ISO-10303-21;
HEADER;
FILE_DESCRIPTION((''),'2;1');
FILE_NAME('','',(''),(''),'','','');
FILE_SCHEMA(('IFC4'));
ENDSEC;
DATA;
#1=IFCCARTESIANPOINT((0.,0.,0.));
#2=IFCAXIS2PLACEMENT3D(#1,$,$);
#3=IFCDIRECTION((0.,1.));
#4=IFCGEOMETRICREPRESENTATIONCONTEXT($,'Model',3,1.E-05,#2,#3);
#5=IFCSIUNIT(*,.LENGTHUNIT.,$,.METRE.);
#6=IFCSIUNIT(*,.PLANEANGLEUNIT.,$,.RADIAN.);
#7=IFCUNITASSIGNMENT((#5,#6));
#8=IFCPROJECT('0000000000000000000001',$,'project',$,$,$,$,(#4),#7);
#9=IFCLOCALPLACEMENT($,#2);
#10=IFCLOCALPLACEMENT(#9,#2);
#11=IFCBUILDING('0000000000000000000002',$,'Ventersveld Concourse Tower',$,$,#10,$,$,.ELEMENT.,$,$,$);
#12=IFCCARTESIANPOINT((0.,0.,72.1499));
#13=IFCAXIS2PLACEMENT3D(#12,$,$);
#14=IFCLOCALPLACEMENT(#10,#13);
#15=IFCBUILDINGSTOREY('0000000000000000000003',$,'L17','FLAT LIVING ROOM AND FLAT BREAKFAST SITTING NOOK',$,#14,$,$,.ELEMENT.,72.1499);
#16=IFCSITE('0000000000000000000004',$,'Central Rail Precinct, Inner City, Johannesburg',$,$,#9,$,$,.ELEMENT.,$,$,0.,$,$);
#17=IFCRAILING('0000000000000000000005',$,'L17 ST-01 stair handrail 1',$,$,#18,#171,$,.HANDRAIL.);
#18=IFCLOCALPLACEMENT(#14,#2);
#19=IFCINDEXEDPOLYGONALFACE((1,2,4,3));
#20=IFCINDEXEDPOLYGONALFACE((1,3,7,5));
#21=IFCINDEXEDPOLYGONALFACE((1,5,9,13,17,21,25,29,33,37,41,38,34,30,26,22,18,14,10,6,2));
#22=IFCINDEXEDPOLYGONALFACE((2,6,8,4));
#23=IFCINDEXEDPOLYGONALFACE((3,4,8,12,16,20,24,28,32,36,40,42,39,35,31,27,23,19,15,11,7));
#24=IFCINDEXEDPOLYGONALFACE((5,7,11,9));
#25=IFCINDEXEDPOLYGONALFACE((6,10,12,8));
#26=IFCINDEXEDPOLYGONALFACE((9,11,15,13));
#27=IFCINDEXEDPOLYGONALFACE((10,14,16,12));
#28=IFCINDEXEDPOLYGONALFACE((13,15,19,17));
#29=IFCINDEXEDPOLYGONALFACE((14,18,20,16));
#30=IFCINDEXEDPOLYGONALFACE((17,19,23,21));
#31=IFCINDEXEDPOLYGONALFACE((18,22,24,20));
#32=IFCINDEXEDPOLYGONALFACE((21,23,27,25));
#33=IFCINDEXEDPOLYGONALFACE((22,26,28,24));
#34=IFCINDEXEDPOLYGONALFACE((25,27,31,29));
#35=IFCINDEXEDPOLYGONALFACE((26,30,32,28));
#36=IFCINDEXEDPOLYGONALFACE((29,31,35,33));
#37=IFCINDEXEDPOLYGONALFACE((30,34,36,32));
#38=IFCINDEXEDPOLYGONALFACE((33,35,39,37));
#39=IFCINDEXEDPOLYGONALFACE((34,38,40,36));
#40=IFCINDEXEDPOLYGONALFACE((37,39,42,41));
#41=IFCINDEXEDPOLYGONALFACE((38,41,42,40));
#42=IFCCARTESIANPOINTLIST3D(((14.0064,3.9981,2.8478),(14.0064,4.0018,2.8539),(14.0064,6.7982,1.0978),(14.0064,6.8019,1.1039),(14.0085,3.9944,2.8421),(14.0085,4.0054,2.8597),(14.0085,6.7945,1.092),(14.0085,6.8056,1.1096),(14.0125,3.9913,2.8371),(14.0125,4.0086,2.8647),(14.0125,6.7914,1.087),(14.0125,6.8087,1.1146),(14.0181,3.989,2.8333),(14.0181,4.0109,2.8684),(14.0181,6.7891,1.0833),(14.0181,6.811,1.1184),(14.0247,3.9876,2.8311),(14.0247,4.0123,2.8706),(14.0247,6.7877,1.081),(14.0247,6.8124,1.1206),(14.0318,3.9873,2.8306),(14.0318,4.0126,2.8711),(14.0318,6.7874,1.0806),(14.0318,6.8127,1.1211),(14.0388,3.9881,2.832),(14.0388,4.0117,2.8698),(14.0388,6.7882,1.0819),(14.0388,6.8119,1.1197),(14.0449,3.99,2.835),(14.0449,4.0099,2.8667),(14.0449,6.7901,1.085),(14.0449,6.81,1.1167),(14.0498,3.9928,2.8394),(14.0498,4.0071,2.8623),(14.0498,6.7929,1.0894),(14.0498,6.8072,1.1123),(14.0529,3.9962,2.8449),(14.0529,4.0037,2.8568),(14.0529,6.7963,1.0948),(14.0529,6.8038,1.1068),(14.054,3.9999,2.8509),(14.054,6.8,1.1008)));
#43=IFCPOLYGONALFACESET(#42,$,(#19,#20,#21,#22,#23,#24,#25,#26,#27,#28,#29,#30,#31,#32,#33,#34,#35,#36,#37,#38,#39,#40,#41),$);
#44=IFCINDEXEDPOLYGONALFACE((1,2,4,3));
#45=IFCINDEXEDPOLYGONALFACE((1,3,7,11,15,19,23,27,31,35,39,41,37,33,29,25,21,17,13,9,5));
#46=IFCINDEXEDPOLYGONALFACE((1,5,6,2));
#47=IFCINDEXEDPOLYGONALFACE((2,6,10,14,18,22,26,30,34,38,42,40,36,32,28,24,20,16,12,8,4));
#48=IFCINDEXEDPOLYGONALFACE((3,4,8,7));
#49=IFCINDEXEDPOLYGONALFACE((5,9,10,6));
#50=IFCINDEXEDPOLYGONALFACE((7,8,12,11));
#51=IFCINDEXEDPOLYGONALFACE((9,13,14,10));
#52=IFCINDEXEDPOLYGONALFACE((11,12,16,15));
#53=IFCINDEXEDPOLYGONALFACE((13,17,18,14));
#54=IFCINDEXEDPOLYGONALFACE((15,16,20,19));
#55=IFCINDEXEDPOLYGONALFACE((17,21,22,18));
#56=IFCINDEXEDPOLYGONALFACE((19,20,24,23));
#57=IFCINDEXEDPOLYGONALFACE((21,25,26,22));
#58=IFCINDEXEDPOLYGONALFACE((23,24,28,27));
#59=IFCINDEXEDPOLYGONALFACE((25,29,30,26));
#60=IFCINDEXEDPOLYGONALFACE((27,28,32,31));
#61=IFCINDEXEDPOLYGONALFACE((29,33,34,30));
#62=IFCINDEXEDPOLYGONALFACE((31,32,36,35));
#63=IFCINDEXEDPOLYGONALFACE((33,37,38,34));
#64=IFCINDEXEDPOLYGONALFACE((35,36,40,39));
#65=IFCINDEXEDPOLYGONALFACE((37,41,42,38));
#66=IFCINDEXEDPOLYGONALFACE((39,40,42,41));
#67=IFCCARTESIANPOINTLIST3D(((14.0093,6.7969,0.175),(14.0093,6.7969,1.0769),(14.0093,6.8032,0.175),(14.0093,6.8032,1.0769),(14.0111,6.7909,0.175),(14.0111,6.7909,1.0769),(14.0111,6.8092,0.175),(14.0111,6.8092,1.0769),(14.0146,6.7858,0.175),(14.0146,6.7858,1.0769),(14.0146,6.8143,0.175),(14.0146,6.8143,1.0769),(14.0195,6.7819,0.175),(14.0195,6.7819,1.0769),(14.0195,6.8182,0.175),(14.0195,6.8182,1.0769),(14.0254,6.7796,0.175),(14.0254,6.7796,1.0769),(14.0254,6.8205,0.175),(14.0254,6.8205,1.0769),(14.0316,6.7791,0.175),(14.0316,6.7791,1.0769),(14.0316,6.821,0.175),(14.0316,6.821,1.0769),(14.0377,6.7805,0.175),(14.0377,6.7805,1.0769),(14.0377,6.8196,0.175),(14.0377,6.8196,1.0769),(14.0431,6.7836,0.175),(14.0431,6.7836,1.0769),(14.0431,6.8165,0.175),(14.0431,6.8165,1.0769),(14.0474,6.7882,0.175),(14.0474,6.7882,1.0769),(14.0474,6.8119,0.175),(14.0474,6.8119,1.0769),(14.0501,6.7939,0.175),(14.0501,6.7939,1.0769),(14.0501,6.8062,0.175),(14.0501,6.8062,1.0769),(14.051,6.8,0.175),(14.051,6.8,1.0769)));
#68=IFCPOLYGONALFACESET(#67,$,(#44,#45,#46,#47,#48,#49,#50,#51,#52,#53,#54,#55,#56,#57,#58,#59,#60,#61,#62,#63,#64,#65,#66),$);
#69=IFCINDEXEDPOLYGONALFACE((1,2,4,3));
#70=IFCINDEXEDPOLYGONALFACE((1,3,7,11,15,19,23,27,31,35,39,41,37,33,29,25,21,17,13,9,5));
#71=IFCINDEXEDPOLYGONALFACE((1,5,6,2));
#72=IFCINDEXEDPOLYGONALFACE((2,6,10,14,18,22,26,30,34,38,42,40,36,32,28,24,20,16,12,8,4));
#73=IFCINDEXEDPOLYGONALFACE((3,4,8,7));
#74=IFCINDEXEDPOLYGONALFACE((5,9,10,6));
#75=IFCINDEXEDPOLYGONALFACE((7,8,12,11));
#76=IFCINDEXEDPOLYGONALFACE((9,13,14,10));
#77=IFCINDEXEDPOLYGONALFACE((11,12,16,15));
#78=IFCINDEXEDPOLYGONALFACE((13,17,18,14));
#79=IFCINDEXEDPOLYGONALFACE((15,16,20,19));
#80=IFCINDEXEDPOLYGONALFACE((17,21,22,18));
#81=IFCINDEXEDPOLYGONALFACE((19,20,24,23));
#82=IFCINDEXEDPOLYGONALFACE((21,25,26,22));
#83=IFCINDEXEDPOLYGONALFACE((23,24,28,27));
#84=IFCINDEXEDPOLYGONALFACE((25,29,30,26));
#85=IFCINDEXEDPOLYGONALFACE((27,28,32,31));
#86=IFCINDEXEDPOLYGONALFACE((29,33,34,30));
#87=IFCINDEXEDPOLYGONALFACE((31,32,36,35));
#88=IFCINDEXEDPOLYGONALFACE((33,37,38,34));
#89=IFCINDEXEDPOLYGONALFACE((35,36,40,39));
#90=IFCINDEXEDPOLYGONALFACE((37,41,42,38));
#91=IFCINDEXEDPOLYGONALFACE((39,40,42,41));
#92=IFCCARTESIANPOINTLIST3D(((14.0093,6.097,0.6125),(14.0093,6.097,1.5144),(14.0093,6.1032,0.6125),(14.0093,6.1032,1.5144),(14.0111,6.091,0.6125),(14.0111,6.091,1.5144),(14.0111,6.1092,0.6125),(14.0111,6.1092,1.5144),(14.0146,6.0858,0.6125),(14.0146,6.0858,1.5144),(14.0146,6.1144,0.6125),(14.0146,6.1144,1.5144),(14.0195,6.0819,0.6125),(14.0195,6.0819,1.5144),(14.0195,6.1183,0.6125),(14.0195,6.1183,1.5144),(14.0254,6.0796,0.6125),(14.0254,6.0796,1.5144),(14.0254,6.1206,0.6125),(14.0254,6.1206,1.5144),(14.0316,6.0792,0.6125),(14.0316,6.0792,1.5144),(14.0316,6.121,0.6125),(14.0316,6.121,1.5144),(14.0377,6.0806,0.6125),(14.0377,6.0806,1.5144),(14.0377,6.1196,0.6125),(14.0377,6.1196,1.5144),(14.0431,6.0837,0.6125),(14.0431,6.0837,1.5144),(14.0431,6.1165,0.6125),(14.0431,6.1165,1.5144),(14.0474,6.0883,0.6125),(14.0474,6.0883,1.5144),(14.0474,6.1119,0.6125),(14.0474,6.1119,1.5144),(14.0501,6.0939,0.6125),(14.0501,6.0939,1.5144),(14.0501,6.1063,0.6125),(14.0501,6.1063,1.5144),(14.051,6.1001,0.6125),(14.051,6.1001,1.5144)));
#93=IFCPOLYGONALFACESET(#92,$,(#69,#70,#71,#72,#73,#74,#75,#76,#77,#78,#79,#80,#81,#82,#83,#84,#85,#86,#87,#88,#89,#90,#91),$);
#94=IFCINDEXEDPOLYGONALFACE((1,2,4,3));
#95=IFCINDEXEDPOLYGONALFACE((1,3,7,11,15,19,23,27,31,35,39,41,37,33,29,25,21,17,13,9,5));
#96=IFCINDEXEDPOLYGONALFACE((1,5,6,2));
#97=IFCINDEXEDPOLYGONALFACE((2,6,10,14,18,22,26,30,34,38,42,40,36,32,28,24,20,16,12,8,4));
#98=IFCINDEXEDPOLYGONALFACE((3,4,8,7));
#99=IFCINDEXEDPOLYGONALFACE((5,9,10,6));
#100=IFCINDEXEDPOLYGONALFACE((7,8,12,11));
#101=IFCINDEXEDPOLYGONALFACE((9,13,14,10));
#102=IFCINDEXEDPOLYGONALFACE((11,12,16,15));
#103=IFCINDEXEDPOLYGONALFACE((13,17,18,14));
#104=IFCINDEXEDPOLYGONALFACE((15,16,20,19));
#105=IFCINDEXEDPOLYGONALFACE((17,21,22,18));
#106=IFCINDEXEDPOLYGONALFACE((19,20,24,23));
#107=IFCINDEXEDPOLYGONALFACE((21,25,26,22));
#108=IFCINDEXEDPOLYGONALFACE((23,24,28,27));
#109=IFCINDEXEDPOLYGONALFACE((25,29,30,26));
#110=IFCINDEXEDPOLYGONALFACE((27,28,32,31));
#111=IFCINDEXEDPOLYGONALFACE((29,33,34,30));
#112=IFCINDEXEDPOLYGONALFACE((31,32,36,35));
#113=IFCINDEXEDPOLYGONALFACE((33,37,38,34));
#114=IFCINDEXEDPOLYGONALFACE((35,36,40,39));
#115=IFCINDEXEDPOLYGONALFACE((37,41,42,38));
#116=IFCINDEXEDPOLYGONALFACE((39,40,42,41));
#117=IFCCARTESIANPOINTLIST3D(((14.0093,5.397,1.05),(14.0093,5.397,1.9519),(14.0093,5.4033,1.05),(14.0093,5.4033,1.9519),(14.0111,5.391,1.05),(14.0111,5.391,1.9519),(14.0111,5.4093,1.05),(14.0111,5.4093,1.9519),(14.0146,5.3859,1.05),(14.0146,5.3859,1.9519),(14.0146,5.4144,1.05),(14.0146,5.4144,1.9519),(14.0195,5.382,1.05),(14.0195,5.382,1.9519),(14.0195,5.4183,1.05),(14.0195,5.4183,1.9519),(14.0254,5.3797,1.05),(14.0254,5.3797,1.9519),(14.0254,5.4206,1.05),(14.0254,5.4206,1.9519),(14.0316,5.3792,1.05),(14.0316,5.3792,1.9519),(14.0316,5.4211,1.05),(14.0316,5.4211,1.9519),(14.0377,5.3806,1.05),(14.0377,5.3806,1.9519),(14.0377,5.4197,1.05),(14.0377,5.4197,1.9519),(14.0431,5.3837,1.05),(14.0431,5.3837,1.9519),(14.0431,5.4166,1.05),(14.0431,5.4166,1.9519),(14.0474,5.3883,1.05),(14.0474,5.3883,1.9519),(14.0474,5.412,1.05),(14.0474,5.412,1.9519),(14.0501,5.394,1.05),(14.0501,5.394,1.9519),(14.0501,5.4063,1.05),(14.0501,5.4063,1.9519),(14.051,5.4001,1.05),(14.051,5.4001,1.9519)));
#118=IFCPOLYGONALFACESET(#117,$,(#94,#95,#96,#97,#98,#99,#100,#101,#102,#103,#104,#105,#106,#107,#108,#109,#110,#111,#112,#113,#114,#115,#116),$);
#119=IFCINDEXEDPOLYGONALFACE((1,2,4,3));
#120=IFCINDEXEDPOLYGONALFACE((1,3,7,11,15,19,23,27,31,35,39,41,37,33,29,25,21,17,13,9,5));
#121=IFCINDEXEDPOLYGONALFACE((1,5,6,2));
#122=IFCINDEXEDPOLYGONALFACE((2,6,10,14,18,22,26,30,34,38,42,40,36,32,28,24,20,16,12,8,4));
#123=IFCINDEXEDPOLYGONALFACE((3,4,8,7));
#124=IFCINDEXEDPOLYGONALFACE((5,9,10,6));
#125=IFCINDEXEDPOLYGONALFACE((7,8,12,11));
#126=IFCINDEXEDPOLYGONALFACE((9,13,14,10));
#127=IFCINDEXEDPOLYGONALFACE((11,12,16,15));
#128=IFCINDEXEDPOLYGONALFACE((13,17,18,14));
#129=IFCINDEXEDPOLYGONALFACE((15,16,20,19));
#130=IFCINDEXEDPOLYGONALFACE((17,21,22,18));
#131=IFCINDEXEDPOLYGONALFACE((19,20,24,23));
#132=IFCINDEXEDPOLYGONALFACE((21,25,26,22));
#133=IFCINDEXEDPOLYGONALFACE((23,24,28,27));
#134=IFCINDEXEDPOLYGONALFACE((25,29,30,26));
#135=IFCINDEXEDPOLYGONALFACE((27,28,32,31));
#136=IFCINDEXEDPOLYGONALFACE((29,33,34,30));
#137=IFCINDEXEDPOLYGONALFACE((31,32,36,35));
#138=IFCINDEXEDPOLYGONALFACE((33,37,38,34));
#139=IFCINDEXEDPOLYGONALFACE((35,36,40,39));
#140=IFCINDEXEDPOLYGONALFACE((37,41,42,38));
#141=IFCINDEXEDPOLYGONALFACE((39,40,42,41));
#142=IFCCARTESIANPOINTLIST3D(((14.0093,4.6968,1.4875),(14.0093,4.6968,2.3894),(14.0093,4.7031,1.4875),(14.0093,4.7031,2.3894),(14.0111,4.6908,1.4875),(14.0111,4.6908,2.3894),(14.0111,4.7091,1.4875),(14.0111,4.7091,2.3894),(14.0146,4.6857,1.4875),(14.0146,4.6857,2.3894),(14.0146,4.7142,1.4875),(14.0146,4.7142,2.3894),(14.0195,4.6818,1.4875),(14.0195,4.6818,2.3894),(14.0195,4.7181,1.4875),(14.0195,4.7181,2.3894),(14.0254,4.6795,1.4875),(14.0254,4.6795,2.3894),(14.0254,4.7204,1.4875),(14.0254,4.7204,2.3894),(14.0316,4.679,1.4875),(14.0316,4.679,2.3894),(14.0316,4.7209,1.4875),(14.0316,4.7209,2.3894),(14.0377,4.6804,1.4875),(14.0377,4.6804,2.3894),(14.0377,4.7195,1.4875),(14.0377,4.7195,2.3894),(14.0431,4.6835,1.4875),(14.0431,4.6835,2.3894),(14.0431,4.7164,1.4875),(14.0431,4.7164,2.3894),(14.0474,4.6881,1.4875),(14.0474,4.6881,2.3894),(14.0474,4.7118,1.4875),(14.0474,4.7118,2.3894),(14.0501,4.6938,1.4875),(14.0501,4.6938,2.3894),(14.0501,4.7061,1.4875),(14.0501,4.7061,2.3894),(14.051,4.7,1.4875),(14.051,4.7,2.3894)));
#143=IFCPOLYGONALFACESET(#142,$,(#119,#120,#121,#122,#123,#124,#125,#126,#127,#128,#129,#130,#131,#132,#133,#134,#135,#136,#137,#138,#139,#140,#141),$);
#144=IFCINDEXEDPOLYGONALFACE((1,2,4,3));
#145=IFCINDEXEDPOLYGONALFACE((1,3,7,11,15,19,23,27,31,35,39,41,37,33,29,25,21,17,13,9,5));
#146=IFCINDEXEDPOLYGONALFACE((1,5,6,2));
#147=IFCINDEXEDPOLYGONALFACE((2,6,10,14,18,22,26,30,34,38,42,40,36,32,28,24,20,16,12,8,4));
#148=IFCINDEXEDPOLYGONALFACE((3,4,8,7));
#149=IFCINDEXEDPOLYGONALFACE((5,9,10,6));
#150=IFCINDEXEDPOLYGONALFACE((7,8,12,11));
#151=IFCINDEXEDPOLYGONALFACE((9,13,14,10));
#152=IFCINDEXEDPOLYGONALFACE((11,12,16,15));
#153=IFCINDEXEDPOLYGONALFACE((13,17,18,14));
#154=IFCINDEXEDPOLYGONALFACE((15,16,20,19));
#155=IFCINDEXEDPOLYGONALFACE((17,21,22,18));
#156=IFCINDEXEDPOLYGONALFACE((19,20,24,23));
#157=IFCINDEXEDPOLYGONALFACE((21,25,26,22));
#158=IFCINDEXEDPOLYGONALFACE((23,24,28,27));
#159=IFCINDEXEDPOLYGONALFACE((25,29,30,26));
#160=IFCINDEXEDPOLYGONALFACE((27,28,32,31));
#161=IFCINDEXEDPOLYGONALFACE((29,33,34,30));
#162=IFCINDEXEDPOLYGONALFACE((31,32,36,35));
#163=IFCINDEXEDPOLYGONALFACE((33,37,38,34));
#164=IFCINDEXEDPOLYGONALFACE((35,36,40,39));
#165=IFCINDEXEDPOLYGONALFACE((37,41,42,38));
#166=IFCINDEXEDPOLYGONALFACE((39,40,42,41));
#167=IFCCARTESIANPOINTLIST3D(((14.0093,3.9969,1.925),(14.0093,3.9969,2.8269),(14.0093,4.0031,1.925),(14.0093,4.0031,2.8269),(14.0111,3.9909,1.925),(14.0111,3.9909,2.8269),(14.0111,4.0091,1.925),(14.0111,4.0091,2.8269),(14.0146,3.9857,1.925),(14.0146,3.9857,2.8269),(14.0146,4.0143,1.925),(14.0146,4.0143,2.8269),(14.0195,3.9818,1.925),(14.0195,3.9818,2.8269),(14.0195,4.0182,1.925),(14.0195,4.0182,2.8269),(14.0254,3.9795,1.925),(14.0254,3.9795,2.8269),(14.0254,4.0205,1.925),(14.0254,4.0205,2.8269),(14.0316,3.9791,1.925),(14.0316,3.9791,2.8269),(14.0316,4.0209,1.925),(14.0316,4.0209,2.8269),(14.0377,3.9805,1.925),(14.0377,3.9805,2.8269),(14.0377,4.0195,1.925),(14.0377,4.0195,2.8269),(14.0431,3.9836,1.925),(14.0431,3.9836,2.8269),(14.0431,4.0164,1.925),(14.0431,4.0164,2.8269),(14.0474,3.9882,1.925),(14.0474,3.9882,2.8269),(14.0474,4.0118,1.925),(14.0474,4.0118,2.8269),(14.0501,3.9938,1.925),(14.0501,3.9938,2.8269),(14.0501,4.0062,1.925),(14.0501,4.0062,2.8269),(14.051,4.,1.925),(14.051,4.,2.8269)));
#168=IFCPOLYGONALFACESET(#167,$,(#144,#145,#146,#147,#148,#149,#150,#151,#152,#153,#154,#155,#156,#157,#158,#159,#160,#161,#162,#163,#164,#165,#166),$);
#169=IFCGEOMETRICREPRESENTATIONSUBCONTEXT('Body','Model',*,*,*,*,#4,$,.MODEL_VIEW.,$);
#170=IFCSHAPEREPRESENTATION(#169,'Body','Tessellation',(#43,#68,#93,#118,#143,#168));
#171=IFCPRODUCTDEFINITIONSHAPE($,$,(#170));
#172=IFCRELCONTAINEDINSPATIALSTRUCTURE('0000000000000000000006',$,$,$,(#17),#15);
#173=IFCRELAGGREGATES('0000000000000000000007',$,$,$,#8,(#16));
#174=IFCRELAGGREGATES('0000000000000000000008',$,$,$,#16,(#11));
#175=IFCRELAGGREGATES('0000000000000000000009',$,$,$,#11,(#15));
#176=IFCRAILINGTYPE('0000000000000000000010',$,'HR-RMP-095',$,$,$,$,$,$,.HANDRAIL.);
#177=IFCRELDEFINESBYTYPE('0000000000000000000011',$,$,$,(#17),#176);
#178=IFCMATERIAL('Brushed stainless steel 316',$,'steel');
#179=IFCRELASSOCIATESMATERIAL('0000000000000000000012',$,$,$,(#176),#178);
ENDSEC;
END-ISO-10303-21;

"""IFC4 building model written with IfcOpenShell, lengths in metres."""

from ifc_helpers import new_model, si_unit, direction, frame, origin, origin_2d, place, context, subcontext, project, spatial, circle, extrude, material, type_object, element, save


model = new_model("IFC4")

# Units and contexts
model_context = context("Model", 3, precision=1e-05, world=origin(), true_north=direction((0.0, 1.0)))
body_context = subcontext(model_context, "Body", "Model", "MODEL_VIEW")
ifc_project = project(units=[si_unit("LENGTHUNIT", "METRE"), si_unit("PLANEANGLEUNIT", "RADIAN")], contexts=[model_context])

# Site, building, storey
site_placement = place(None, origin())
site = spatial("IfcSite", under=ifc_project, at=site_placement, Name="Central Rail Precinct, Inner City, Johannesburg", CompositionType="ELEMENT", RefElevation=0.0)
building_placement = place(site_placement, origin())
building = spatial("IfcBuilding", under=site, at=building_placement, Name="Ventersveld Concourse Tower", CompositionType="ELEMENT")
storey_placement = place(building_placement, frame((0.0, 0.0, 72.1499)))
storey = spatial("IfcBuildingStorey", under=building, at=storey_placement, Name="L17", Description="FLAT LIVING ROOM AND FLAT BREAKFAST SITTING NOOK", CompositionType="ELEMENT", Elevation=72.1499)

# Railing
ifc_material_1 = material(Name="Brushed stainless steel 316", Category="steel")
railing_type_1 = type_object("IfcRailingType", Name="HR-RMP-095", PredefinedType="HANDRAIL", material=ifc_material_1)
railing_1_placement = place(storey_placement, frame((14.03, 6.8, 0.175)))
element("IfcRailing", 1, at=railing_1_placement, inside=storey, type_object=railing_type_1, Name="L17 ST-01 stair handrail 1", PredefinedType="HANDRAIL", context=body_context, shape_type="SweptSolid", body=[
    extrude(circle(Radius=0.0239, at=origin_2d()), frame((0.0, 0.0, 0.9258), z_axis=(0.0, -0.848002, 0.529992), x_axis=(1.0, 0.0, 0.0)), (0.0, 0.0, 1.0), 3.302),
    extrude(circle(Radius=0.021, at=origin_2d()), origin(), (0.0, 0.0, 1.0), 0.9019),
    extrude(circle(Radius=0.021, at=origin_2d()), frame((0.0, -0.7, 0.4375)), (0.0, 0.0, 1.0), 0.9019),
    extrude(circle(Radius=0.021, at=origin_2d()), frame((0.0, -1.3999, 0.875)), (0.0, 0.0, 1.0), 0.9019),
    extrude(circle(Radius=0.021, at=origin_2d()), frame((0.0, -2.1001, 1.3125)), (0.0, 0.0, 1.0), 0.9019),
    extrude(circle(Radius=0.021, at=origin_2d()), frame((0.0, -2.8, 1.75)), (0.0, 0.0, 1.0), 0.9019),
])

save(model, "model.ifc")
